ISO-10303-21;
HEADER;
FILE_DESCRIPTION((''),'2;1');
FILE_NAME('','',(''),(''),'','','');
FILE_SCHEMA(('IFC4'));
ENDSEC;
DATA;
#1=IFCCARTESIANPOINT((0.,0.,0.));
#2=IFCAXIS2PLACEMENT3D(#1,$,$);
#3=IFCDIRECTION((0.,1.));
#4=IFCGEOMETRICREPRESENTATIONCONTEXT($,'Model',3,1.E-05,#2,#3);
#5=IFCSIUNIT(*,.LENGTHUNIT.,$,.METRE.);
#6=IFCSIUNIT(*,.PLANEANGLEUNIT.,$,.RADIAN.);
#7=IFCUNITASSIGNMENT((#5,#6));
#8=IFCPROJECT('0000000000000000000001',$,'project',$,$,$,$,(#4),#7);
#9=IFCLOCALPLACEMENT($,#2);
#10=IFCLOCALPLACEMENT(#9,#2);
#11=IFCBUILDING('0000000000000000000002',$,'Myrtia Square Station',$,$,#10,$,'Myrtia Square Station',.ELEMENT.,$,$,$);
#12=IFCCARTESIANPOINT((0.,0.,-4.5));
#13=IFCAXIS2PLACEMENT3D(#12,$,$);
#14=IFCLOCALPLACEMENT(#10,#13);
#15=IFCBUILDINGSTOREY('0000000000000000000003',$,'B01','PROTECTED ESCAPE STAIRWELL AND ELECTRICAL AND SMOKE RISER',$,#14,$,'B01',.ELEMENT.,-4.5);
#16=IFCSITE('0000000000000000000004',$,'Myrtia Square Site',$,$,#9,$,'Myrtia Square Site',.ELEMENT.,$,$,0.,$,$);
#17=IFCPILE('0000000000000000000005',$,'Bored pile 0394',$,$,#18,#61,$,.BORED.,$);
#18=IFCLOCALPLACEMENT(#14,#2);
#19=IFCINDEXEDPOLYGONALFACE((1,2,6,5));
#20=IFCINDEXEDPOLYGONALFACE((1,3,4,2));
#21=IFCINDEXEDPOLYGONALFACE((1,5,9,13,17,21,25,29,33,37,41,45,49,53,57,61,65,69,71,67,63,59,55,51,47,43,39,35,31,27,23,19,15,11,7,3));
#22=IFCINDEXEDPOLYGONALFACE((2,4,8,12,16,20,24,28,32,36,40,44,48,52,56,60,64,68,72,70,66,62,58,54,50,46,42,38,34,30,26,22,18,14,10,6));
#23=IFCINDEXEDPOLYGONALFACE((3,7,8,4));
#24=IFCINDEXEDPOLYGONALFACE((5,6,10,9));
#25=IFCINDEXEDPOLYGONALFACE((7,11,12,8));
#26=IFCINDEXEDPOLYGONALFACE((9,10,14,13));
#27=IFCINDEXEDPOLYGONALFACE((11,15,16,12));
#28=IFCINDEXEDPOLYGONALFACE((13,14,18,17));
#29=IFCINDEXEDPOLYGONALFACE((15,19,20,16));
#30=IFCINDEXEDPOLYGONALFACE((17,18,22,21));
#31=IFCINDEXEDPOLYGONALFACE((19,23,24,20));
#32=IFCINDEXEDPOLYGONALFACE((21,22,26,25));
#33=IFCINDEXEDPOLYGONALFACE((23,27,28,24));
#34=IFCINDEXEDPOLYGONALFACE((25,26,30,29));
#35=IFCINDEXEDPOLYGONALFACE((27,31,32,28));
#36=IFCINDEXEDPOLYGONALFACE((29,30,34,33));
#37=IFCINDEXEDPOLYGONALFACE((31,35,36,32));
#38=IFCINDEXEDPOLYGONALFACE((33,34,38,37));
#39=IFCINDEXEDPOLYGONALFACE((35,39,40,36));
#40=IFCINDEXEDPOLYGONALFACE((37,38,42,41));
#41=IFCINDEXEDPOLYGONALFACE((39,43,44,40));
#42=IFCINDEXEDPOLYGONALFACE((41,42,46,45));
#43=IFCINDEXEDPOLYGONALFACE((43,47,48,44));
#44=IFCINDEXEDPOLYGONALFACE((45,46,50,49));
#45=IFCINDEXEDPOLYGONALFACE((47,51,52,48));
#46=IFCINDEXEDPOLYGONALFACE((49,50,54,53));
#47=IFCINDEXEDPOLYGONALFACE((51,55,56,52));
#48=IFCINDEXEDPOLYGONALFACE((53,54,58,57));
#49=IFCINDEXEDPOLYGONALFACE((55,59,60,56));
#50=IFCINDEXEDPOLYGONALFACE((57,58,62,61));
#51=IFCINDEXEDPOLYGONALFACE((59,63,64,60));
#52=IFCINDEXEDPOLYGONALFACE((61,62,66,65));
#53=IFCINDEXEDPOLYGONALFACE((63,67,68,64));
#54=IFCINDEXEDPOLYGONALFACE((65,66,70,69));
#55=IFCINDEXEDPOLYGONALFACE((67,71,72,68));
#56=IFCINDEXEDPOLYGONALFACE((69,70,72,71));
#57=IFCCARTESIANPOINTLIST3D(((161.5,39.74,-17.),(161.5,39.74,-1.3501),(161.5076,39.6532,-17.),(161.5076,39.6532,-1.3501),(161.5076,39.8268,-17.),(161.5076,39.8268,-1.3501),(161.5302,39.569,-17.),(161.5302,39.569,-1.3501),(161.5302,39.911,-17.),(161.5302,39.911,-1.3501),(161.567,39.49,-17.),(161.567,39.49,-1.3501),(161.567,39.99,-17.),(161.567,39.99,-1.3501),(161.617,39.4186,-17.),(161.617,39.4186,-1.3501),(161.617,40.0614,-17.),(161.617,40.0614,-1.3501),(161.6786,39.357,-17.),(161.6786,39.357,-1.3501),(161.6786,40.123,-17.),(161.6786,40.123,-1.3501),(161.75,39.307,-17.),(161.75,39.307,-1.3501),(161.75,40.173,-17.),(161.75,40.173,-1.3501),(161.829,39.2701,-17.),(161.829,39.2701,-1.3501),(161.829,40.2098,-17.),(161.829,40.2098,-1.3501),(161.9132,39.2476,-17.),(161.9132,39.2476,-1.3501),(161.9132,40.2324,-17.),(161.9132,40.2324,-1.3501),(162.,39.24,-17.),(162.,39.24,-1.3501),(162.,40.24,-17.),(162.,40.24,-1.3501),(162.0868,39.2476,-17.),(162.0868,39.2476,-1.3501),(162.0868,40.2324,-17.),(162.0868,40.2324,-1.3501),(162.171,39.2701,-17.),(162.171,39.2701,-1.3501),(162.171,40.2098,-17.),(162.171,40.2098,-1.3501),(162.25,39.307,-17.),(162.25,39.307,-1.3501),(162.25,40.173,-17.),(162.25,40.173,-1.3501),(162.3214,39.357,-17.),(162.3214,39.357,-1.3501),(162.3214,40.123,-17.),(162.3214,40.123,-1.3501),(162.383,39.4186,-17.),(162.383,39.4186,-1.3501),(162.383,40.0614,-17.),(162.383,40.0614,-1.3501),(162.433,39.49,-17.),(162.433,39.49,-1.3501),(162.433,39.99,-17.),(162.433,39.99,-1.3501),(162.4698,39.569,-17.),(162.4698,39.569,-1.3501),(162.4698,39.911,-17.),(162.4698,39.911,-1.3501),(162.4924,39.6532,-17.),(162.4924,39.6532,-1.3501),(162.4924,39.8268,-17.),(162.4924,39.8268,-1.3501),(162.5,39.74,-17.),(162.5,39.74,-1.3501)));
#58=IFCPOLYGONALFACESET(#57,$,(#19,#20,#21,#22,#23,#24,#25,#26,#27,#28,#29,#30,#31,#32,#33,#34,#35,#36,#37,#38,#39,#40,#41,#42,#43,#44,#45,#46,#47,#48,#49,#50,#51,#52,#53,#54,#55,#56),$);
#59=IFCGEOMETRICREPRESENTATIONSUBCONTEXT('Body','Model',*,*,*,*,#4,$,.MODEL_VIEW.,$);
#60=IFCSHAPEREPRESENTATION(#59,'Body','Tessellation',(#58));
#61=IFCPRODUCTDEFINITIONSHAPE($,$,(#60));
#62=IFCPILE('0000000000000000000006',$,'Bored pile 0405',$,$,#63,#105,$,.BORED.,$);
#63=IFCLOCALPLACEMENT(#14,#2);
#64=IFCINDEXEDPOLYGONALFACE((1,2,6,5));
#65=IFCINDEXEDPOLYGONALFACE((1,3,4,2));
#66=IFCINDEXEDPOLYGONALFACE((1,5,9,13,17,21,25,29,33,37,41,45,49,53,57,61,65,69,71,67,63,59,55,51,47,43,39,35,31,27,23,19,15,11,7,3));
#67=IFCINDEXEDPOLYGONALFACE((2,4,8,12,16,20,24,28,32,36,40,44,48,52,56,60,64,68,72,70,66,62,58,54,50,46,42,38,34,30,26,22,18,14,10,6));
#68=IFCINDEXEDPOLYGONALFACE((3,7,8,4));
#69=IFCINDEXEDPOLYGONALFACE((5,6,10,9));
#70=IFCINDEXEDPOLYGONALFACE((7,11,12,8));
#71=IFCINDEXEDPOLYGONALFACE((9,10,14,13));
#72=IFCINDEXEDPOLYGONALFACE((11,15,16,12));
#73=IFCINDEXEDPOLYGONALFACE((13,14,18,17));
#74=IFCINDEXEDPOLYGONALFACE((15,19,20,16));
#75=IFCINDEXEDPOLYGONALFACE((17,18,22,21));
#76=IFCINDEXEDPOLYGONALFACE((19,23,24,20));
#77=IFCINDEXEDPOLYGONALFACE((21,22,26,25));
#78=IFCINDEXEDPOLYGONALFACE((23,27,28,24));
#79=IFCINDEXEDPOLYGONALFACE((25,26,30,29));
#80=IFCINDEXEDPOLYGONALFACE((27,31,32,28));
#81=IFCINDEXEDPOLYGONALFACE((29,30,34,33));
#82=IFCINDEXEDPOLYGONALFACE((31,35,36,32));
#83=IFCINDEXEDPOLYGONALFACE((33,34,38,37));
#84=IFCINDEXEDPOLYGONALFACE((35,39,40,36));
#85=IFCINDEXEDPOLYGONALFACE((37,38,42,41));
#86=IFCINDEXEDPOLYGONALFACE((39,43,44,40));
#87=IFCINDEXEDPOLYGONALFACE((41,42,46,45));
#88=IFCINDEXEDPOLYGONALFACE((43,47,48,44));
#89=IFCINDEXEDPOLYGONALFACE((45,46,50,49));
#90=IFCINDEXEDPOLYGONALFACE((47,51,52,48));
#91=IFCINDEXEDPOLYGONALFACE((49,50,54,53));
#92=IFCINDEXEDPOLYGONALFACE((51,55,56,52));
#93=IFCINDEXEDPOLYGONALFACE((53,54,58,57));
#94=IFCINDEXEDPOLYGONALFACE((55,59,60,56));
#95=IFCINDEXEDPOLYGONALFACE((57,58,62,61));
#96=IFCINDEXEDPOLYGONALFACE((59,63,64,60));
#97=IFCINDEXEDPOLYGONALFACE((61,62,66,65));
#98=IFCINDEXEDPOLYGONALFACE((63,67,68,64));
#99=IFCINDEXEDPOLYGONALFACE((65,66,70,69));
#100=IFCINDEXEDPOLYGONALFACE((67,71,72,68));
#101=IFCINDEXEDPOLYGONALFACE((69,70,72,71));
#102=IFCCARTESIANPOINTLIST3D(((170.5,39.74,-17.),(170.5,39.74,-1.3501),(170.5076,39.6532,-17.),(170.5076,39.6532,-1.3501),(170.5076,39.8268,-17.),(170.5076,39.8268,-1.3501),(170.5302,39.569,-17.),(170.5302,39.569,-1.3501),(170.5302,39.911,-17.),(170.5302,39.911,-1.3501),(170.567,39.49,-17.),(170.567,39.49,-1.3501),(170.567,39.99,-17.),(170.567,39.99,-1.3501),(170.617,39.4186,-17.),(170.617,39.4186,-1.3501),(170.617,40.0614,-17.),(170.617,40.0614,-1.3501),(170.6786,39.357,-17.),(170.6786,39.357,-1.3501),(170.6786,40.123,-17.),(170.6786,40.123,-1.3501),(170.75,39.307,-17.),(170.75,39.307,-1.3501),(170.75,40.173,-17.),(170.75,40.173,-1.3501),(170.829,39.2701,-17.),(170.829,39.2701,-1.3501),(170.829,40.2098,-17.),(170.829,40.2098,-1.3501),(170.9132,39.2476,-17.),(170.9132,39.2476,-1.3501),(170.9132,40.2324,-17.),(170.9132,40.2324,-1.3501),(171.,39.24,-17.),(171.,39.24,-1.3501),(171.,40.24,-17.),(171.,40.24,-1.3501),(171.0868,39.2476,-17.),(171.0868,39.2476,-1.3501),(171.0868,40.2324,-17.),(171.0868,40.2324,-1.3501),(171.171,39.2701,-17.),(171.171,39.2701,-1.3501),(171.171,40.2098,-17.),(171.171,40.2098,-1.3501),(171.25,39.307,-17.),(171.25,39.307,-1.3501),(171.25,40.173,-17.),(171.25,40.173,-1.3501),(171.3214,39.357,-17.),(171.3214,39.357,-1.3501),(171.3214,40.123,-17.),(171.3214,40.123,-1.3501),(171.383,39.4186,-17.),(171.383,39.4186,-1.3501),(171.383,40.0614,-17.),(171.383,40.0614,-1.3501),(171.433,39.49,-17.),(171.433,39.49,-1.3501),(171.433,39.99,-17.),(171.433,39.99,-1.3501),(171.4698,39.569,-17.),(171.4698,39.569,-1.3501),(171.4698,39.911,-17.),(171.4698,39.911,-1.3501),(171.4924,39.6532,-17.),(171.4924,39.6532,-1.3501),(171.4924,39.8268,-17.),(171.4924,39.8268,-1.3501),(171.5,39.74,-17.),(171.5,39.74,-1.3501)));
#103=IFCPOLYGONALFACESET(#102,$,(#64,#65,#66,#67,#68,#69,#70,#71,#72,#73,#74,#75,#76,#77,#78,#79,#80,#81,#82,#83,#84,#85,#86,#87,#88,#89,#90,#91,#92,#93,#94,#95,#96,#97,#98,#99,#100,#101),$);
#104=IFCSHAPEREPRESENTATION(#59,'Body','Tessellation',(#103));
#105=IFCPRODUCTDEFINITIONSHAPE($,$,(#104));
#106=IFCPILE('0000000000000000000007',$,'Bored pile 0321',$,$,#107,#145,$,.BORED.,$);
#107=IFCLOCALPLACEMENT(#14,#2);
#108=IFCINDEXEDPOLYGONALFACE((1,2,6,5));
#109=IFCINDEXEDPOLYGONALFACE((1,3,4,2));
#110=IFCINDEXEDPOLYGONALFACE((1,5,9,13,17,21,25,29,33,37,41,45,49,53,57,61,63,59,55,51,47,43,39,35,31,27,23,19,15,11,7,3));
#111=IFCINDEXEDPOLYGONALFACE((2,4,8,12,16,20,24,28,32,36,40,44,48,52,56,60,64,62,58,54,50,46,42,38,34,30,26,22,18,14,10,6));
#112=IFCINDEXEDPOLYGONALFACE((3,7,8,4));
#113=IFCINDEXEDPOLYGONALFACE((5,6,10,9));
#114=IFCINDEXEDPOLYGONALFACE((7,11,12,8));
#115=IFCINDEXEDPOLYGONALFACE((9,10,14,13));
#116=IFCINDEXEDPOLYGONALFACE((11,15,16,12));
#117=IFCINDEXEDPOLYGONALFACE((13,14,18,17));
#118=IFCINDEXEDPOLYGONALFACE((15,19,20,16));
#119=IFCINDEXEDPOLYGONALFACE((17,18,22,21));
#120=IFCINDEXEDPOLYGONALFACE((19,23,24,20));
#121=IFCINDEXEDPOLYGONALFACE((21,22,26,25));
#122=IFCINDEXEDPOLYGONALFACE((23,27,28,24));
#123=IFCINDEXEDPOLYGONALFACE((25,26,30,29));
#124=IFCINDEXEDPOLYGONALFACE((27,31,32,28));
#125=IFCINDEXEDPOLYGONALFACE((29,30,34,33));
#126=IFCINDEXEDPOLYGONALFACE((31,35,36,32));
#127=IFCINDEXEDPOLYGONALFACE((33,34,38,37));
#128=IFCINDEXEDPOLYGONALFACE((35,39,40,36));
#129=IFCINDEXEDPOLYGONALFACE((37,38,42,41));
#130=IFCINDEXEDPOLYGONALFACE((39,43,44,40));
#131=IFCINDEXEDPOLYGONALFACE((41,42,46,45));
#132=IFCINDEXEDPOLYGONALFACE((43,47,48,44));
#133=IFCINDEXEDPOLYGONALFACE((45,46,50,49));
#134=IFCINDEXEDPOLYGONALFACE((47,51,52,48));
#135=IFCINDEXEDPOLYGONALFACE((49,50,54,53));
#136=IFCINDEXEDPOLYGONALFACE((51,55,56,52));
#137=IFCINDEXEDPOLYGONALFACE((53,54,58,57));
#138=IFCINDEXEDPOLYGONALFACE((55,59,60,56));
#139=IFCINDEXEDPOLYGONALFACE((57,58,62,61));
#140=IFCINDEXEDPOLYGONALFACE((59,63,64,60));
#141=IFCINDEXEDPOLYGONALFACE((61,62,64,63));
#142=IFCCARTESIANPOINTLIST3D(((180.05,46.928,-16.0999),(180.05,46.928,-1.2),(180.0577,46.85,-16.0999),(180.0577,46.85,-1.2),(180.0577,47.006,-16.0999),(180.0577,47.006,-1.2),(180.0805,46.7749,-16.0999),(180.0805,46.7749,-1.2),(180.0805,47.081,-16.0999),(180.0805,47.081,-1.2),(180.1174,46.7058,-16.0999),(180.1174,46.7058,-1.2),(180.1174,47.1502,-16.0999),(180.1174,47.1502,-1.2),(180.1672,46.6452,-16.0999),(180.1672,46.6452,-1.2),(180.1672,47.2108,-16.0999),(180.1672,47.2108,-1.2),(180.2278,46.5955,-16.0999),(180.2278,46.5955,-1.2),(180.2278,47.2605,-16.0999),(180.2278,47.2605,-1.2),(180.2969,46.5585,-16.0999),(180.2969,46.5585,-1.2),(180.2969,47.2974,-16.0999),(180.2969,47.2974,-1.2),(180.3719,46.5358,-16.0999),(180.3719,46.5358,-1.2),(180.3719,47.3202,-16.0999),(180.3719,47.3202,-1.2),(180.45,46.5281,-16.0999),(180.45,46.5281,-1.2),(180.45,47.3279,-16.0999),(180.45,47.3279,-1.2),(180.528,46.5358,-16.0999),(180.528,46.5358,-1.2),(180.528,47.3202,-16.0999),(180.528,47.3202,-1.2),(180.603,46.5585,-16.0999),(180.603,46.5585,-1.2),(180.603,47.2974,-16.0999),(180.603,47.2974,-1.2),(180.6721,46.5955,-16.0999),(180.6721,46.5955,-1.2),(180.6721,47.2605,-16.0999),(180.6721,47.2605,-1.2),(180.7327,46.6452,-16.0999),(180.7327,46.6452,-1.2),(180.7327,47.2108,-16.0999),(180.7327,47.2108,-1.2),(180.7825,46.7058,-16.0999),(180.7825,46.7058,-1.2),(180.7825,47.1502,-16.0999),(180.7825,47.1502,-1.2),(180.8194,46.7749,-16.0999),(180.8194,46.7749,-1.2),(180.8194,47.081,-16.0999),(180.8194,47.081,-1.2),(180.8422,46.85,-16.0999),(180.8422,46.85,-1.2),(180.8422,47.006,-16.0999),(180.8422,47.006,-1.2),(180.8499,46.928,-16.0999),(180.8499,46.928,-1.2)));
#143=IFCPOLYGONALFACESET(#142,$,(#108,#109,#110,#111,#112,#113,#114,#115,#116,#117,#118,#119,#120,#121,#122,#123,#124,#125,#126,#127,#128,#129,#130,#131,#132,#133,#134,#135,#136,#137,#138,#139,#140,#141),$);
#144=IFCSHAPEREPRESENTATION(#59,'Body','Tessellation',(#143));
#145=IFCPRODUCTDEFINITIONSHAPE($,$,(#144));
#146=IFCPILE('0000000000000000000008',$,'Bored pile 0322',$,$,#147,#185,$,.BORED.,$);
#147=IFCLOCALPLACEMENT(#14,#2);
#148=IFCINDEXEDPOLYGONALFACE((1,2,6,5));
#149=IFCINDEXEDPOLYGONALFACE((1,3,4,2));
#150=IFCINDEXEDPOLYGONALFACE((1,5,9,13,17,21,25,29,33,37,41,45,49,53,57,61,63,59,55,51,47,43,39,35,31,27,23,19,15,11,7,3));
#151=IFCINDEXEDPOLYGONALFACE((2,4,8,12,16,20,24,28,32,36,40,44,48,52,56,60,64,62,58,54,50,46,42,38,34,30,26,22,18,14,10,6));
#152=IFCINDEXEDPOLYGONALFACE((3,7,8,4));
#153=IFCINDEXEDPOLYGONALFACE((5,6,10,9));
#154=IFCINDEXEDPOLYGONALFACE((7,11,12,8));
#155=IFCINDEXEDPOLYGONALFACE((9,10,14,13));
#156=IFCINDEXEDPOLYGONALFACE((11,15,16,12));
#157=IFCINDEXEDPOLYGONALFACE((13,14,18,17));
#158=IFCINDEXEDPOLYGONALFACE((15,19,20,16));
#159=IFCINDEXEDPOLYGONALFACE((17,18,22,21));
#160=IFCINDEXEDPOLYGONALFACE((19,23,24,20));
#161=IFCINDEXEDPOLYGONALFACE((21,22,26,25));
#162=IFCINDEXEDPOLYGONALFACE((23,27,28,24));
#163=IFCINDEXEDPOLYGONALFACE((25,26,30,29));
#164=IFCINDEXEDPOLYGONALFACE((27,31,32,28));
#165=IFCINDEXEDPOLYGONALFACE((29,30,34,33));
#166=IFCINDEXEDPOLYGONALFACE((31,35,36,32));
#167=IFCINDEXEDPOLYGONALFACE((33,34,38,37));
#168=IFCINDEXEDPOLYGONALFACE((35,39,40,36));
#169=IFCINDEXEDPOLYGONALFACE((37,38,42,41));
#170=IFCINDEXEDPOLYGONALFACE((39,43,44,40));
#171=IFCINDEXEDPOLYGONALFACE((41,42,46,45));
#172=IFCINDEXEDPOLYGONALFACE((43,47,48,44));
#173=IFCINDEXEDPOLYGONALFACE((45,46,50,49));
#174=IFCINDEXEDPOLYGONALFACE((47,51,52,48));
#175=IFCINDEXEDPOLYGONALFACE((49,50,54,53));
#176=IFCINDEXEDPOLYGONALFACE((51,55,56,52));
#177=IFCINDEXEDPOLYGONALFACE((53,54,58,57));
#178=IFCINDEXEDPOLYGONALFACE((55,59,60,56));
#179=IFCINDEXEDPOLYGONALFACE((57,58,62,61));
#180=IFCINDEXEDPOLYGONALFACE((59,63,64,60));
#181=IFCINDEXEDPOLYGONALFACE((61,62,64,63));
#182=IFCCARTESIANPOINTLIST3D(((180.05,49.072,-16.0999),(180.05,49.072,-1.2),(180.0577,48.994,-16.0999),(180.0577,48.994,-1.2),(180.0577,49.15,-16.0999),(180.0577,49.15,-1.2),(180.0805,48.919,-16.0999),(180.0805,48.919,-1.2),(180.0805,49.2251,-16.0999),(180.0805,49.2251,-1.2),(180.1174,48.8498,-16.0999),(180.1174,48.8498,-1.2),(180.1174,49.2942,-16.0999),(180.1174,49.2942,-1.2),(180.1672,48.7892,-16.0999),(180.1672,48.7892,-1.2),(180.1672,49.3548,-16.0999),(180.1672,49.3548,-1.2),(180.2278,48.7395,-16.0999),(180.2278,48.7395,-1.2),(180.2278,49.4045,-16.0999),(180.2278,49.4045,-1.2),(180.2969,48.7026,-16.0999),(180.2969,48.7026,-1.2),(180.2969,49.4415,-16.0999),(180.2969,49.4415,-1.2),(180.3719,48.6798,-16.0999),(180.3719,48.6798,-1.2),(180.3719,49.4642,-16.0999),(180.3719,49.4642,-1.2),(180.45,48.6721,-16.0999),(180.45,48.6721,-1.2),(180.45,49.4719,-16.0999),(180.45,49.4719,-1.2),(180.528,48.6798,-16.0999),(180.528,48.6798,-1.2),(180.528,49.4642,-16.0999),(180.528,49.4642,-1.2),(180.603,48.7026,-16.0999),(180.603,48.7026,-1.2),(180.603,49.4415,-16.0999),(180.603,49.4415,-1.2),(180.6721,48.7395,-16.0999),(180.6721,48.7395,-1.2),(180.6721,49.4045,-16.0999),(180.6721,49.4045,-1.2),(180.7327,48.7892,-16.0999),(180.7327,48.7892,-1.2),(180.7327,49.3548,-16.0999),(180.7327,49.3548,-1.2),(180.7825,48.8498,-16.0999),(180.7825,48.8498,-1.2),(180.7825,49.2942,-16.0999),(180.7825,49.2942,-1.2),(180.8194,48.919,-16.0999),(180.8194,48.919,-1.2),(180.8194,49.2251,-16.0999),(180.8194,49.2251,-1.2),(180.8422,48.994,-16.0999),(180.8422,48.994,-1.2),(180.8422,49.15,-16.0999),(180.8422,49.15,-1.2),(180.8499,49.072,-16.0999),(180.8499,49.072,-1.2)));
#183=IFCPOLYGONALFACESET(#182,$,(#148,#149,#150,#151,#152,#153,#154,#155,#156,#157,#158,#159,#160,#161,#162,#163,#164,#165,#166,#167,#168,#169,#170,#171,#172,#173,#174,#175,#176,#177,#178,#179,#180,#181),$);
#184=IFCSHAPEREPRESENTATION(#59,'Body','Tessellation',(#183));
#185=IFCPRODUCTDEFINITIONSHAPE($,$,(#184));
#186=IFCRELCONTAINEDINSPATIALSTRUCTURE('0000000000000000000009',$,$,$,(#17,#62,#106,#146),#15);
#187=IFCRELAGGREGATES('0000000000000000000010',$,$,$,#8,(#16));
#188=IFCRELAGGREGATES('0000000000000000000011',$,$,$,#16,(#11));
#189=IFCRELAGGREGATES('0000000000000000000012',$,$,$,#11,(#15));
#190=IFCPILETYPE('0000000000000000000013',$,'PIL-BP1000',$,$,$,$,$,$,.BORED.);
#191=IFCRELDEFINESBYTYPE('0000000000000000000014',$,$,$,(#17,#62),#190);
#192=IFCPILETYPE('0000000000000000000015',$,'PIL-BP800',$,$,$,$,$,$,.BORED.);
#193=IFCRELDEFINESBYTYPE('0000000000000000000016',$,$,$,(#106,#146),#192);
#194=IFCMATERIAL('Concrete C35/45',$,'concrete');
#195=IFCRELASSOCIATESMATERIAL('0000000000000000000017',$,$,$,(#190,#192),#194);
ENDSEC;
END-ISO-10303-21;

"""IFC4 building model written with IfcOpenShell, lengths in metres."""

from ifc_helpers import new_model, si_unit, direction, frame, origin, origin_2d, place, context, subcontext, project, spatial, circle, extrude, material, material_profile, profile_set, type_object, element, save


model = new_model("IFC4")

# Units and contexts
model_context = context("Model", 3, precision=1e-05, world=origin(), true_north=direction((0.0, 1.0)))
body_context = subcontext(model_context, "Body", "Model", "MODEL_VIEW")
ifc_project = project(units=[si_unit("LENGTHUNIT", "METRE"), si_unit("PLANEANGLEUNIT", "RADIAN")], contexts=[model_context])

# Site, building, storey
site_placement = place(None, origin())
site = spatial("IfcSite", under=ifc_project, at=site_placement, Name="Myrtia Square Site", LongName="Myrtia Square Site", CompositionType="ELEMENT", RefElevation=0.0)
building_placement = place(site_placement, origin())
building = spatial("IfcBuilding", under=site, at=building_placement, Name="Myrtia Square Station", LongName="Myrtia Square Station", CompositionType="ELEMENT")
storey_placement = place(building_placement, frame((0.0, 0.0, -4.5)))
storey = spatial("IfcBuildingStorey", under=building, at=storey_placement, Name="B01", Description="PROTECTED ESCAPE STAIRWELL AND ELECTRICAL AND SMOKE RISER", LongName="B01", CompositionType="ELEMENT", Elevation=-4.5)

# Shared definitions
ifc_material_1 = material(Name="Concrete C35/45", Category="concrete")

# Piles
ifc_material_profile_1 = material_profile(ifc_material_1, circle(Radius=0.5, at=origin_2d()), Name="BP D1000")
ifc_profile_set_1 = profile_set([ifc_material_profile_1], Name="Concrete C35/45")
pile_type_1 = type_object("IfcPileType", Name="PIL-BP1000", PredefinedType="BORED", material=ifc_profile_set_1)
for number, where, z_axis, x_axis, name in (
    (1, (162.0, 39.74, -1.3501), (0.0, 0.0, -1.0), (1.0, 0.0, 0.0), "Bored pile 0394"),
    (2, (171.0, 39.74, -1.3501), (0.0, 0.0, -1.0), (1.0, 0.0, 0.0), "Bored pile 0405"),
):
    element("IfcPile", number, at=place(storey_placement, frame(where, z_axis=z_axis, x_axis=x_axis)), inside=storey, type_object=pile_type_1, Name=name, PredefinedType="BORED", context=body_context, shape_type="SweptSolid", body=[
        extrude(circle(Radius=0.5, at=origin_2d()), origin(), (0.0, 0.0, 1.0), 15.6499),
    ])
ifc_material_profile_2 = material_profile(ifc_material_1, circle(Radius=0.3999, at=origin_2d()), Name="BP D800")
ifc_profile_set_2 = profile_set([ifc_material_profile_2], Name="Concrete C35/45")
pile_type_2 = type_object("IfcPileType", Name="PIL-BP800", PredefinedType="BORED", material=ifc_profile_set_2)
for number, where, z_axis, x_axis, name in (
    (3, (180.45, 46.928, -1.2), (0.0, 0.0, -1.0), (1.0, 0.0, 0.0), "Bored pile 0321"),
    (4, (180.45, 49.072, -1.2), (0.0, 0.0, -1.0), (1.0, 0.0, 0.0), "Bored pile 0322"),
):
    element("IfcPile", number, at=place(storey_placement, frame(where, z_axis=z_axis, x_axis=x_axis)), inside=storey, type_object=pile_type_2, Name=name, PredefinedType="BORED", context=body_context, shape_type="SweptSolid", body=[
        extrude(circle(Radius=0.3999, at=origin_2d()), origin(), (0.0, 0.0, 1.0), 14.8999),
    ])

save(model, "model.ifc")
